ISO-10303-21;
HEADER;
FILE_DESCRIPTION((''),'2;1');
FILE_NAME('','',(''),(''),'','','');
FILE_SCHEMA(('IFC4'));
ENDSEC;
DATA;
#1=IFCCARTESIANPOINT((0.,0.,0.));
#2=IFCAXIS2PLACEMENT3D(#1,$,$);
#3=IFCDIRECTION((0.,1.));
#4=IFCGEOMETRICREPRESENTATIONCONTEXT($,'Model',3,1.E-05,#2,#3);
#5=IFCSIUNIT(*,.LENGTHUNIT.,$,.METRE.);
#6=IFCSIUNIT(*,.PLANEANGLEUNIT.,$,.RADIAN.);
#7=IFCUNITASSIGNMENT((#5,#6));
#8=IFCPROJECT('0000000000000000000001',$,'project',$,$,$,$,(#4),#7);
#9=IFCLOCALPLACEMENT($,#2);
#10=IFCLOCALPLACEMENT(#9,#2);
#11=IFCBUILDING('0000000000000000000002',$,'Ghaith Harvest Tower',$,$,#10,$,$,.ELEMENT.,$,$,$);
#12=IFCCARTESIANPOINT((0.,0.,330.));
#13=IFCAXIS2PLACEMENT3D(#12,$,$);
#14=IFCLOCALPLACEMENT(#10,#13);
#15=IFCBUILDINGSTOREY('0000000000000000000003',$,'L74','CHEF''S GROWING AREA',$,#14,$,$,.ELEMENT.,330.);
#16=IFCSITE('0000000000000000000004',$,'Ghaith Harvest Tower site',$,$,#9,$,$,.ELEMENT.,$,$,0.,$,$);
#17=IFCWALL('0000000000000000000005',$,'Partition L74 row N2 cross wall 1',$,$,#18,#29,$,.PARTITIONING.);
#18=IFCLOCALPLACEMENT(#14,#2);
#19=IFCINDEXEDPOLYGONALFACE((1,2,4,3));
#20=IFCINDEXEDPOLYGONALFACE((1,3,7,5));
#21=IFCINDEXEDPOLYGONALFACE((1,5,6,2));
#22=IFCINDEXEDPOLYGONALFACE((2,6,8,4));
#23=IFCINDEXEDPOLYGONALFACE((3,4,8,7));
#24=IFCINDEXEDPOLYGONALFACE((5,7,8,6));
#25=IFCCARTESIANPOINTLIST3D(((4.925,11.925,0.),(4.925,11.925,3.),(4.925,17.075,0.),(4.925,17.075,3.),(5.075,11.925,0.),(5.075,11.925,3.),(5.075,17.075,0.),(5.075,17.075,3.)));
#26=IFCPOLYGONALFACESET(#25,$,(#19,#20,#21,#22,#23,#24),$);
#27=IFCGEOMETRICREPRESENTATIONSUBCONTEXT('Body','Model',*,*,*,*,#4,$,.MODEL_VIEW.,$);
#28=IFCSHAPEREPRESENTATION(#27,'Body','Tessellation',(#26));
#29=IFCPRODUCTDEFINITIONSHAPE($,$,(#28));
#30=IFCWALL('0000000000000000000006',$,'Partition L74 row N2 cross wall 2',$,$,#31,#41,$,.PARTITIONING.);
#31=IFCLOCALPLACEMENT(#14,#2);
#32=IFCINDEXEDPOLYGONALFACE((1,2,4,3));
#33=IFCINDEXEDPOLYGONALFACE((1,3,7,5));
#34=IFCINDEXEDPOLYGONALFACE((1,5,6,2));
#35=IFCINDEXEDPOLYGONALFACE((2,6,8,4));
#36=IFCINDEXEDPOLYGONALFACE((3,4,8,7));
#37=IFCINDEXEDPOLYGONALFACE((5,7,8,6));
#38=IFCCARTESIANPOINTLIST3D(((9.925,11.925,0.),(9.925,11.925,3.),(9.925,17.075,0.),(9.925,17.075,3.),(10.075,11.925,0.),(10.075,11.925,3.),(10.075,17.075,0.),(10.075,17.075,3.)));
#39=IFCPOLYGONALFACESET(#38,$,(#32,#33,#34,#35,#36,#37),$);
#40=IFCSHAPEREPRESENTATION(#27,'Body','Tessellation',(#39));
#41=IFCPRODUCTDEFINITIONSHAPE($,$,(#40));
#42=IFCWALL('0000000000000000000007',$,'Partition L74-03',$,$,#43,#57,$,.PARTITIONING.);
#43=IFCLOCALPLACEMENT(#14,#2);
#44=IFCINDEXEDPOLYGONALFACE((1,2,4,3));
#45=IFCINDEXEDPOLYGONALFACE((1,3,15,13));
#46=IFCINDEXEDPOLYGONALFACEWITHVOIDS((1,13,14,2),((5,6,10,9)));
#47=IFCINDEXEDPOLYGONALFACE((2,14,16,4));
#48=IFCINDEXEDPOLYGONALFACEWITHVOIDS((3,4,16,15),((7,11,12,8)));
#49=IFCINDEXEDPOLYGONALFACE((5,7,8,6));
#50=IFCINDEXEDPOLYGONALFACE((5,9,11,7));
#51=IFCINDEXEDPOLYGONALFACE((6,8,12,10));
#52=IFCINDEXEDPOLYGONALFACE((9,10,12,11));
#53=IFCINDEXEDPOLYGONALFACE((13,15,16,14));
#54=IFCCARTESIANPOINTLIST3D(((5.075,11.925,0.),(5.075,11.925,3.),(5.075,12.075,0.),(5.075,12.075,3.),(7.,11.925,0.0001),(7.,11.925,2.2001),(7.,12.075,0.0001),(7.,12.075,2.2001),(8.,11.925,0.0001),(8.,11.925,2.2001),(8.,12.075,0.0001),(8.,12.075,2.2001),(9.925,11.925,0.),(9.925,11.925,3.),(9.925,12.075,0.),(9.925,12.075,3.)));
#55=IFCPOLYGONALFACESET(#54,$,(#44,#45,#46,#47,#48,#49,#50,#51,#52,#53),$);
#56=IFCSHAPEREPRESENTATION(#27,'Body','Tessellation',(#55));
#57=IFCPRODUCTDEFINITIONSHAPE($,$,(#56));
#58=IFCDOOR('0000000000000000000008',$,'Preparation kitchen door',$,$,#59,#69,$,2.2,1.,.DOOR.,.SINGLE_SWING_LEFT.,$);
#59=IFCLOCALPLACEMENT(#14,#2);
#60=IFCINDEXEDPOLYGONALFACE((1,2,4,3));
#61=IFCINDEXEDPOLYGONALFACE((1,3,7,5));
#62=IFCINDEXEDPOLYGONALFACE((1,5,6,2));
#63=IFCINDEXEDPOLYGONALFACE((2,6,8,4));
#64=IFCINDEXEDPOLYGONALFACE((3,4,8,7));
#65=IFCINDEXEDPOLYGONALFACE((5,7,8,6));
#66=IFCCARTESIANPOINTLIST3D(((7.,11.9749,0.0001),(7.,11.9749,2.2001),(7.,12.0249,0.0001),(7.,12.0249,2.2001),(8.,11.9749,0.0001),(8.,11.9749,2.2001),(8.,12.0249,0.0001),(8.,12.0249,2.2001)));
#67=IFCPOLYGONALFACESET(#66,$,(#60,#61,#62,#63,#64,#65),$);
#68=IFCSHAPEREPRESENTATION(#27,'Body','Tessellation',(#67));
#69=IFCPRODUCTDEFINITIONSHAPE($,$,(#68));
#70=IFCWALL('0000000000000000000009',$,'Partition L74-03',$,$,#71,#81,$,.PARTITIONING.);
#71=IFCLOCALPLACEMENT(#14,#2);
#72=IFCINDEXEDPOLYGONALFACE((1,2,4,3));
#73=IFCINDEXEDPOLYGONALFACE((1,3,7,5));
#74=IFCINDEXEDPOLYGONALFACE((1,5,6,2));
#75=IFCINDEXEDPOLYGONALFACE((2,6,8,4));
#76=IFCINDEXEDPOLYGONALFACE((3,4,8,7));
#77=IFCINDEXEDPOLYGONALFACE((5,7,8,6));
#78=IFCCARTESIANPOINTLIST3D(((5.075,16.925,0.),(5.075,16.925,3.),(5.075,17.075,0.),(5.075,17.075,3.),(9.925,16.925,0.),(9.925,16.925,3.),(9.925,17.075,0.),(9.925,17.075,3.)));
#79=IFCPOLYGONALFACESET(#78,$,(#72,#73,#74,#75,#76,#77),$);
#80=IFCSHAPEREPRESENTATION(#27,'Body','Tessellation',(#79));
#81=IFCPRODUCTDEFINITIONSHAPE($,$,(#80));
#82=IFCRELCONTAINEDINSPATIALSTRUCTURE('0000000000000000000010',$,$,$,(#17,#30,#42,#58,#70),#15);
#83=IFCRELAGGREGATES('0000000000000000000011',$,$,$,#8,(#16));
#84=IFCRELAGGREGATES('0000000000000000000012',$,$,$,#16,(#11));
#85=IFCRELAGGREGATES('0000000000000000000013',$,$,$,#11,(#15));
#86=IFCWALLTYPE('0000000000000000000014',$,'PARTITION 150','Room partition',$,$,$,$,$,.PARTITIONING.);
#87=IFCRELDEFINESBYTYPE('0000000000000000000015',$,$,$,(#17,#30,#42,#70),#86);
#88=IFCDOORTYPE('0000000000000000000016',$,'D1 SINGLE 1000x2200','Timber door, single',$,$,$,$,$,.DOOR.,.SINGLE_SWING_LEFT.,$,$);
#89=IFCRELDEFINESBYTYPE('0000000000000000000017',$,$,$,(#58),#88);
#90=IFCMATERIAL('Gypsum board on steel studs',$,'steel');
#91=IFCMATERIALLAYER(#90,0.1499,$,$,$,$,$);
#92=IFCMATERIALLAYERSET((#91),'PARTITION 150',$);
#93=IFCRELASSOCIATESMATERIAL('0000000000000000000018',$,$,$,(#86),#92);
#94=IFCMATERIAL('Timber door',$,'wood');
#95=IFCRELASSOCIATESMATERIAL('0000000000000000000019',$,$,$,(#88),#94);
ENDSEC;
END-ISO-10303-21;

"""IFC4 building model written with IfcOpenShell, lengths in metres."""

from ifc_helpers import new_model, si_unit, direction, frame, frame_2d, origin, place, context, subcontext, project, spatial, rectangle, extrude, material, layer, layer_set, type_object, element, fill, save


model = new_model("IFC4")

# Units and contexts
model_context = context("Model", 3, precision=1e-05, world=origin(), true_north=direction((0.0, 1.0)))
body_context = subcontext(model_context, "Body", "Model", "MODEL_VIEW")
ifc_project = project(units=[si_unit("LENGTHUNIT", "METRE"), si_unit("PLANEANGLEUNIT", "RADIAN")], contexts=[model_context])

# Site, building, storey
site_placement = place(None, origin())
site = spatial("IfcSite", under=ifc_project, at=site_placement, Name="Ghaith Harvest Tower site", CompositionType="ELEMENT", RefElevation=0.0)
building_placement = place(site_placement, origin())
building = spatial("IfcBuilding", under=site, at=building_placement, Name="Ghaith Harvest Tower", CompositionType="ELEMENT")
storey_placement = place(building_placement, frame((0.0, 0.0, 330.0)))
storey = spatial("IfcBuildingStorey", under=building, at=storey_placement, Name="L74", Description="CHEF'S GROWING AREA", CompositionType="ELEMENT", Elevation=330.0)

# Walls
ifc_material_1 = material(Name="Gypsum board on steel studs", Category="steel")
ifc_layer_1 = layer(ifc_material_1, 0.1499)
ifc_layer_set_1 = layer_set([ifc_layer_1], Name="PARTITION 150")
wall_type = type_object("IfcWallType", Name="PARTITION 150", Description="Room partition", PredefinedType="PARTITIONING", material=ifc_layer_set_1)
for number, where, z_axis, x_axis, name in (
    (1, (5.0, 11.925, 0.0), (0.0, 0.0, 1.0), (0.0, 1.0, 0.0), "Partition L74 row N2 cross wall 1"),
    (2, (10.0, 11.925, 0.0), (0.0, 0.0, 1.0), (0.0, 1.0, 0.0), "Partition L74 row N2 cross wall 2"),
):
    element("IfcWall", number, at=place(storey_placement, frame(where, z_axis=z_axis, x_axis=x_axis)), inside=storey, type_object=wall_type, Name=name, PredefinedType="PARTITIONING", context=body_context, shape_type="SweptSolid", body=[
        extrude(rectangle(XDim=5.1499, YDim=0.1499, at=frame_2d((2.575, 0.0))), origin(), (0.0, 0.0, 1.0), 3.0),
    ])

# Wall, opening, door
wall_1_placement = place(storey_placement, frame((5.075, 12.0, 0.0), z_axis=(0.0, 0.0, 1.0), x_axis=(1.0, 0.0, 0.0)))
wall_1 = element("IfcWall", 3, at=wall_1_placement, inside=storey, type_object=wall_type, Name="Partition L74-03", PredefinedType="PARTITIONING", context=body_context, shape_type="SweptSolid", body=[
    extrude(rectangle(XDim=4.8501, YDim=0.1499, at=frame_2d((2.425, 0.0))), origin(), (0.0, 0.0, 1.0), 3.0),
])
opening_placement = place(wall_1_placement, frame((1.925, 0.0, 0.0)))
opening = element("IfcOpeningElement", 4, at=opening_placement, cuts=wall_1, PredefinedType="OPENING", context=body_context, shape_type="SweptSolid", body=[
    extrude(rectangle(XDim=1.0, YDim=2.2, at=frame_2d((0.5, 1.1001))), frame((0.0, 0.085, 0.0), z_axis=(0.0, -1.0, 0.0), x_axis=(1.0, 0.0, 0.0)), (0.0, 0.0, 1.0), 0.1699),
])
ifc_material_2 = material(Name="Timber door", Category="wood")
door_type = type_object("IfcDoorType", Name="D1 SINGLE 1000x2200", Description="Timber door, single", OperationType="SINGLE_SWING_LEFT", PredefinedType="DOOR", material=ifc_material_2)
door_placement = place(opening_placement, origin())
door = element("IfcDoor", 5, at=door_placement, inside=storey, type_object=door_type, Name="Preparation kitchen door", OperationType="SINGLE_SWING_LEFT", OverallHeight=2.2, OverallWidth=1.0, PredefinedType="DOOR", context=body_context, shape_type="SweptSolid", body=[
    extrude(rectangle(XDim=1.0, YDim=2.2, at=frame_2d((0.5, 1.1001))), frame((0.0, 0.0249, 0.0), z_axis=(0.0, -1.0, 0.0), x_axis=(1.0, 0.0, 0.0)), (0.0, 0.0, 1.0), 0.05),
])
fill(opening, door)

# Wall
wall_2_placement = place(storey_placement, frame((5.075, 17.0, 0.0), z_axis=(0.0, 0.0, 1.0), x_axis=(1.0, 0.0, 0.0)))
element("IfcWall", 6, at=wall_2_placement, inside=storey, type_object=wall_type, Name="Partition L74-03", PredefinedType="PARTITIONING", context=body_context, shape_type="SweptSolid", body=[
    extrude(rectangle(XDim=4.8501, YDim=0.1499, at=frame_2d((2.425, 0.0))), origin(), (0.0, 0.0, 1.0), 3.0),
])

save(model, "model.ifc")
